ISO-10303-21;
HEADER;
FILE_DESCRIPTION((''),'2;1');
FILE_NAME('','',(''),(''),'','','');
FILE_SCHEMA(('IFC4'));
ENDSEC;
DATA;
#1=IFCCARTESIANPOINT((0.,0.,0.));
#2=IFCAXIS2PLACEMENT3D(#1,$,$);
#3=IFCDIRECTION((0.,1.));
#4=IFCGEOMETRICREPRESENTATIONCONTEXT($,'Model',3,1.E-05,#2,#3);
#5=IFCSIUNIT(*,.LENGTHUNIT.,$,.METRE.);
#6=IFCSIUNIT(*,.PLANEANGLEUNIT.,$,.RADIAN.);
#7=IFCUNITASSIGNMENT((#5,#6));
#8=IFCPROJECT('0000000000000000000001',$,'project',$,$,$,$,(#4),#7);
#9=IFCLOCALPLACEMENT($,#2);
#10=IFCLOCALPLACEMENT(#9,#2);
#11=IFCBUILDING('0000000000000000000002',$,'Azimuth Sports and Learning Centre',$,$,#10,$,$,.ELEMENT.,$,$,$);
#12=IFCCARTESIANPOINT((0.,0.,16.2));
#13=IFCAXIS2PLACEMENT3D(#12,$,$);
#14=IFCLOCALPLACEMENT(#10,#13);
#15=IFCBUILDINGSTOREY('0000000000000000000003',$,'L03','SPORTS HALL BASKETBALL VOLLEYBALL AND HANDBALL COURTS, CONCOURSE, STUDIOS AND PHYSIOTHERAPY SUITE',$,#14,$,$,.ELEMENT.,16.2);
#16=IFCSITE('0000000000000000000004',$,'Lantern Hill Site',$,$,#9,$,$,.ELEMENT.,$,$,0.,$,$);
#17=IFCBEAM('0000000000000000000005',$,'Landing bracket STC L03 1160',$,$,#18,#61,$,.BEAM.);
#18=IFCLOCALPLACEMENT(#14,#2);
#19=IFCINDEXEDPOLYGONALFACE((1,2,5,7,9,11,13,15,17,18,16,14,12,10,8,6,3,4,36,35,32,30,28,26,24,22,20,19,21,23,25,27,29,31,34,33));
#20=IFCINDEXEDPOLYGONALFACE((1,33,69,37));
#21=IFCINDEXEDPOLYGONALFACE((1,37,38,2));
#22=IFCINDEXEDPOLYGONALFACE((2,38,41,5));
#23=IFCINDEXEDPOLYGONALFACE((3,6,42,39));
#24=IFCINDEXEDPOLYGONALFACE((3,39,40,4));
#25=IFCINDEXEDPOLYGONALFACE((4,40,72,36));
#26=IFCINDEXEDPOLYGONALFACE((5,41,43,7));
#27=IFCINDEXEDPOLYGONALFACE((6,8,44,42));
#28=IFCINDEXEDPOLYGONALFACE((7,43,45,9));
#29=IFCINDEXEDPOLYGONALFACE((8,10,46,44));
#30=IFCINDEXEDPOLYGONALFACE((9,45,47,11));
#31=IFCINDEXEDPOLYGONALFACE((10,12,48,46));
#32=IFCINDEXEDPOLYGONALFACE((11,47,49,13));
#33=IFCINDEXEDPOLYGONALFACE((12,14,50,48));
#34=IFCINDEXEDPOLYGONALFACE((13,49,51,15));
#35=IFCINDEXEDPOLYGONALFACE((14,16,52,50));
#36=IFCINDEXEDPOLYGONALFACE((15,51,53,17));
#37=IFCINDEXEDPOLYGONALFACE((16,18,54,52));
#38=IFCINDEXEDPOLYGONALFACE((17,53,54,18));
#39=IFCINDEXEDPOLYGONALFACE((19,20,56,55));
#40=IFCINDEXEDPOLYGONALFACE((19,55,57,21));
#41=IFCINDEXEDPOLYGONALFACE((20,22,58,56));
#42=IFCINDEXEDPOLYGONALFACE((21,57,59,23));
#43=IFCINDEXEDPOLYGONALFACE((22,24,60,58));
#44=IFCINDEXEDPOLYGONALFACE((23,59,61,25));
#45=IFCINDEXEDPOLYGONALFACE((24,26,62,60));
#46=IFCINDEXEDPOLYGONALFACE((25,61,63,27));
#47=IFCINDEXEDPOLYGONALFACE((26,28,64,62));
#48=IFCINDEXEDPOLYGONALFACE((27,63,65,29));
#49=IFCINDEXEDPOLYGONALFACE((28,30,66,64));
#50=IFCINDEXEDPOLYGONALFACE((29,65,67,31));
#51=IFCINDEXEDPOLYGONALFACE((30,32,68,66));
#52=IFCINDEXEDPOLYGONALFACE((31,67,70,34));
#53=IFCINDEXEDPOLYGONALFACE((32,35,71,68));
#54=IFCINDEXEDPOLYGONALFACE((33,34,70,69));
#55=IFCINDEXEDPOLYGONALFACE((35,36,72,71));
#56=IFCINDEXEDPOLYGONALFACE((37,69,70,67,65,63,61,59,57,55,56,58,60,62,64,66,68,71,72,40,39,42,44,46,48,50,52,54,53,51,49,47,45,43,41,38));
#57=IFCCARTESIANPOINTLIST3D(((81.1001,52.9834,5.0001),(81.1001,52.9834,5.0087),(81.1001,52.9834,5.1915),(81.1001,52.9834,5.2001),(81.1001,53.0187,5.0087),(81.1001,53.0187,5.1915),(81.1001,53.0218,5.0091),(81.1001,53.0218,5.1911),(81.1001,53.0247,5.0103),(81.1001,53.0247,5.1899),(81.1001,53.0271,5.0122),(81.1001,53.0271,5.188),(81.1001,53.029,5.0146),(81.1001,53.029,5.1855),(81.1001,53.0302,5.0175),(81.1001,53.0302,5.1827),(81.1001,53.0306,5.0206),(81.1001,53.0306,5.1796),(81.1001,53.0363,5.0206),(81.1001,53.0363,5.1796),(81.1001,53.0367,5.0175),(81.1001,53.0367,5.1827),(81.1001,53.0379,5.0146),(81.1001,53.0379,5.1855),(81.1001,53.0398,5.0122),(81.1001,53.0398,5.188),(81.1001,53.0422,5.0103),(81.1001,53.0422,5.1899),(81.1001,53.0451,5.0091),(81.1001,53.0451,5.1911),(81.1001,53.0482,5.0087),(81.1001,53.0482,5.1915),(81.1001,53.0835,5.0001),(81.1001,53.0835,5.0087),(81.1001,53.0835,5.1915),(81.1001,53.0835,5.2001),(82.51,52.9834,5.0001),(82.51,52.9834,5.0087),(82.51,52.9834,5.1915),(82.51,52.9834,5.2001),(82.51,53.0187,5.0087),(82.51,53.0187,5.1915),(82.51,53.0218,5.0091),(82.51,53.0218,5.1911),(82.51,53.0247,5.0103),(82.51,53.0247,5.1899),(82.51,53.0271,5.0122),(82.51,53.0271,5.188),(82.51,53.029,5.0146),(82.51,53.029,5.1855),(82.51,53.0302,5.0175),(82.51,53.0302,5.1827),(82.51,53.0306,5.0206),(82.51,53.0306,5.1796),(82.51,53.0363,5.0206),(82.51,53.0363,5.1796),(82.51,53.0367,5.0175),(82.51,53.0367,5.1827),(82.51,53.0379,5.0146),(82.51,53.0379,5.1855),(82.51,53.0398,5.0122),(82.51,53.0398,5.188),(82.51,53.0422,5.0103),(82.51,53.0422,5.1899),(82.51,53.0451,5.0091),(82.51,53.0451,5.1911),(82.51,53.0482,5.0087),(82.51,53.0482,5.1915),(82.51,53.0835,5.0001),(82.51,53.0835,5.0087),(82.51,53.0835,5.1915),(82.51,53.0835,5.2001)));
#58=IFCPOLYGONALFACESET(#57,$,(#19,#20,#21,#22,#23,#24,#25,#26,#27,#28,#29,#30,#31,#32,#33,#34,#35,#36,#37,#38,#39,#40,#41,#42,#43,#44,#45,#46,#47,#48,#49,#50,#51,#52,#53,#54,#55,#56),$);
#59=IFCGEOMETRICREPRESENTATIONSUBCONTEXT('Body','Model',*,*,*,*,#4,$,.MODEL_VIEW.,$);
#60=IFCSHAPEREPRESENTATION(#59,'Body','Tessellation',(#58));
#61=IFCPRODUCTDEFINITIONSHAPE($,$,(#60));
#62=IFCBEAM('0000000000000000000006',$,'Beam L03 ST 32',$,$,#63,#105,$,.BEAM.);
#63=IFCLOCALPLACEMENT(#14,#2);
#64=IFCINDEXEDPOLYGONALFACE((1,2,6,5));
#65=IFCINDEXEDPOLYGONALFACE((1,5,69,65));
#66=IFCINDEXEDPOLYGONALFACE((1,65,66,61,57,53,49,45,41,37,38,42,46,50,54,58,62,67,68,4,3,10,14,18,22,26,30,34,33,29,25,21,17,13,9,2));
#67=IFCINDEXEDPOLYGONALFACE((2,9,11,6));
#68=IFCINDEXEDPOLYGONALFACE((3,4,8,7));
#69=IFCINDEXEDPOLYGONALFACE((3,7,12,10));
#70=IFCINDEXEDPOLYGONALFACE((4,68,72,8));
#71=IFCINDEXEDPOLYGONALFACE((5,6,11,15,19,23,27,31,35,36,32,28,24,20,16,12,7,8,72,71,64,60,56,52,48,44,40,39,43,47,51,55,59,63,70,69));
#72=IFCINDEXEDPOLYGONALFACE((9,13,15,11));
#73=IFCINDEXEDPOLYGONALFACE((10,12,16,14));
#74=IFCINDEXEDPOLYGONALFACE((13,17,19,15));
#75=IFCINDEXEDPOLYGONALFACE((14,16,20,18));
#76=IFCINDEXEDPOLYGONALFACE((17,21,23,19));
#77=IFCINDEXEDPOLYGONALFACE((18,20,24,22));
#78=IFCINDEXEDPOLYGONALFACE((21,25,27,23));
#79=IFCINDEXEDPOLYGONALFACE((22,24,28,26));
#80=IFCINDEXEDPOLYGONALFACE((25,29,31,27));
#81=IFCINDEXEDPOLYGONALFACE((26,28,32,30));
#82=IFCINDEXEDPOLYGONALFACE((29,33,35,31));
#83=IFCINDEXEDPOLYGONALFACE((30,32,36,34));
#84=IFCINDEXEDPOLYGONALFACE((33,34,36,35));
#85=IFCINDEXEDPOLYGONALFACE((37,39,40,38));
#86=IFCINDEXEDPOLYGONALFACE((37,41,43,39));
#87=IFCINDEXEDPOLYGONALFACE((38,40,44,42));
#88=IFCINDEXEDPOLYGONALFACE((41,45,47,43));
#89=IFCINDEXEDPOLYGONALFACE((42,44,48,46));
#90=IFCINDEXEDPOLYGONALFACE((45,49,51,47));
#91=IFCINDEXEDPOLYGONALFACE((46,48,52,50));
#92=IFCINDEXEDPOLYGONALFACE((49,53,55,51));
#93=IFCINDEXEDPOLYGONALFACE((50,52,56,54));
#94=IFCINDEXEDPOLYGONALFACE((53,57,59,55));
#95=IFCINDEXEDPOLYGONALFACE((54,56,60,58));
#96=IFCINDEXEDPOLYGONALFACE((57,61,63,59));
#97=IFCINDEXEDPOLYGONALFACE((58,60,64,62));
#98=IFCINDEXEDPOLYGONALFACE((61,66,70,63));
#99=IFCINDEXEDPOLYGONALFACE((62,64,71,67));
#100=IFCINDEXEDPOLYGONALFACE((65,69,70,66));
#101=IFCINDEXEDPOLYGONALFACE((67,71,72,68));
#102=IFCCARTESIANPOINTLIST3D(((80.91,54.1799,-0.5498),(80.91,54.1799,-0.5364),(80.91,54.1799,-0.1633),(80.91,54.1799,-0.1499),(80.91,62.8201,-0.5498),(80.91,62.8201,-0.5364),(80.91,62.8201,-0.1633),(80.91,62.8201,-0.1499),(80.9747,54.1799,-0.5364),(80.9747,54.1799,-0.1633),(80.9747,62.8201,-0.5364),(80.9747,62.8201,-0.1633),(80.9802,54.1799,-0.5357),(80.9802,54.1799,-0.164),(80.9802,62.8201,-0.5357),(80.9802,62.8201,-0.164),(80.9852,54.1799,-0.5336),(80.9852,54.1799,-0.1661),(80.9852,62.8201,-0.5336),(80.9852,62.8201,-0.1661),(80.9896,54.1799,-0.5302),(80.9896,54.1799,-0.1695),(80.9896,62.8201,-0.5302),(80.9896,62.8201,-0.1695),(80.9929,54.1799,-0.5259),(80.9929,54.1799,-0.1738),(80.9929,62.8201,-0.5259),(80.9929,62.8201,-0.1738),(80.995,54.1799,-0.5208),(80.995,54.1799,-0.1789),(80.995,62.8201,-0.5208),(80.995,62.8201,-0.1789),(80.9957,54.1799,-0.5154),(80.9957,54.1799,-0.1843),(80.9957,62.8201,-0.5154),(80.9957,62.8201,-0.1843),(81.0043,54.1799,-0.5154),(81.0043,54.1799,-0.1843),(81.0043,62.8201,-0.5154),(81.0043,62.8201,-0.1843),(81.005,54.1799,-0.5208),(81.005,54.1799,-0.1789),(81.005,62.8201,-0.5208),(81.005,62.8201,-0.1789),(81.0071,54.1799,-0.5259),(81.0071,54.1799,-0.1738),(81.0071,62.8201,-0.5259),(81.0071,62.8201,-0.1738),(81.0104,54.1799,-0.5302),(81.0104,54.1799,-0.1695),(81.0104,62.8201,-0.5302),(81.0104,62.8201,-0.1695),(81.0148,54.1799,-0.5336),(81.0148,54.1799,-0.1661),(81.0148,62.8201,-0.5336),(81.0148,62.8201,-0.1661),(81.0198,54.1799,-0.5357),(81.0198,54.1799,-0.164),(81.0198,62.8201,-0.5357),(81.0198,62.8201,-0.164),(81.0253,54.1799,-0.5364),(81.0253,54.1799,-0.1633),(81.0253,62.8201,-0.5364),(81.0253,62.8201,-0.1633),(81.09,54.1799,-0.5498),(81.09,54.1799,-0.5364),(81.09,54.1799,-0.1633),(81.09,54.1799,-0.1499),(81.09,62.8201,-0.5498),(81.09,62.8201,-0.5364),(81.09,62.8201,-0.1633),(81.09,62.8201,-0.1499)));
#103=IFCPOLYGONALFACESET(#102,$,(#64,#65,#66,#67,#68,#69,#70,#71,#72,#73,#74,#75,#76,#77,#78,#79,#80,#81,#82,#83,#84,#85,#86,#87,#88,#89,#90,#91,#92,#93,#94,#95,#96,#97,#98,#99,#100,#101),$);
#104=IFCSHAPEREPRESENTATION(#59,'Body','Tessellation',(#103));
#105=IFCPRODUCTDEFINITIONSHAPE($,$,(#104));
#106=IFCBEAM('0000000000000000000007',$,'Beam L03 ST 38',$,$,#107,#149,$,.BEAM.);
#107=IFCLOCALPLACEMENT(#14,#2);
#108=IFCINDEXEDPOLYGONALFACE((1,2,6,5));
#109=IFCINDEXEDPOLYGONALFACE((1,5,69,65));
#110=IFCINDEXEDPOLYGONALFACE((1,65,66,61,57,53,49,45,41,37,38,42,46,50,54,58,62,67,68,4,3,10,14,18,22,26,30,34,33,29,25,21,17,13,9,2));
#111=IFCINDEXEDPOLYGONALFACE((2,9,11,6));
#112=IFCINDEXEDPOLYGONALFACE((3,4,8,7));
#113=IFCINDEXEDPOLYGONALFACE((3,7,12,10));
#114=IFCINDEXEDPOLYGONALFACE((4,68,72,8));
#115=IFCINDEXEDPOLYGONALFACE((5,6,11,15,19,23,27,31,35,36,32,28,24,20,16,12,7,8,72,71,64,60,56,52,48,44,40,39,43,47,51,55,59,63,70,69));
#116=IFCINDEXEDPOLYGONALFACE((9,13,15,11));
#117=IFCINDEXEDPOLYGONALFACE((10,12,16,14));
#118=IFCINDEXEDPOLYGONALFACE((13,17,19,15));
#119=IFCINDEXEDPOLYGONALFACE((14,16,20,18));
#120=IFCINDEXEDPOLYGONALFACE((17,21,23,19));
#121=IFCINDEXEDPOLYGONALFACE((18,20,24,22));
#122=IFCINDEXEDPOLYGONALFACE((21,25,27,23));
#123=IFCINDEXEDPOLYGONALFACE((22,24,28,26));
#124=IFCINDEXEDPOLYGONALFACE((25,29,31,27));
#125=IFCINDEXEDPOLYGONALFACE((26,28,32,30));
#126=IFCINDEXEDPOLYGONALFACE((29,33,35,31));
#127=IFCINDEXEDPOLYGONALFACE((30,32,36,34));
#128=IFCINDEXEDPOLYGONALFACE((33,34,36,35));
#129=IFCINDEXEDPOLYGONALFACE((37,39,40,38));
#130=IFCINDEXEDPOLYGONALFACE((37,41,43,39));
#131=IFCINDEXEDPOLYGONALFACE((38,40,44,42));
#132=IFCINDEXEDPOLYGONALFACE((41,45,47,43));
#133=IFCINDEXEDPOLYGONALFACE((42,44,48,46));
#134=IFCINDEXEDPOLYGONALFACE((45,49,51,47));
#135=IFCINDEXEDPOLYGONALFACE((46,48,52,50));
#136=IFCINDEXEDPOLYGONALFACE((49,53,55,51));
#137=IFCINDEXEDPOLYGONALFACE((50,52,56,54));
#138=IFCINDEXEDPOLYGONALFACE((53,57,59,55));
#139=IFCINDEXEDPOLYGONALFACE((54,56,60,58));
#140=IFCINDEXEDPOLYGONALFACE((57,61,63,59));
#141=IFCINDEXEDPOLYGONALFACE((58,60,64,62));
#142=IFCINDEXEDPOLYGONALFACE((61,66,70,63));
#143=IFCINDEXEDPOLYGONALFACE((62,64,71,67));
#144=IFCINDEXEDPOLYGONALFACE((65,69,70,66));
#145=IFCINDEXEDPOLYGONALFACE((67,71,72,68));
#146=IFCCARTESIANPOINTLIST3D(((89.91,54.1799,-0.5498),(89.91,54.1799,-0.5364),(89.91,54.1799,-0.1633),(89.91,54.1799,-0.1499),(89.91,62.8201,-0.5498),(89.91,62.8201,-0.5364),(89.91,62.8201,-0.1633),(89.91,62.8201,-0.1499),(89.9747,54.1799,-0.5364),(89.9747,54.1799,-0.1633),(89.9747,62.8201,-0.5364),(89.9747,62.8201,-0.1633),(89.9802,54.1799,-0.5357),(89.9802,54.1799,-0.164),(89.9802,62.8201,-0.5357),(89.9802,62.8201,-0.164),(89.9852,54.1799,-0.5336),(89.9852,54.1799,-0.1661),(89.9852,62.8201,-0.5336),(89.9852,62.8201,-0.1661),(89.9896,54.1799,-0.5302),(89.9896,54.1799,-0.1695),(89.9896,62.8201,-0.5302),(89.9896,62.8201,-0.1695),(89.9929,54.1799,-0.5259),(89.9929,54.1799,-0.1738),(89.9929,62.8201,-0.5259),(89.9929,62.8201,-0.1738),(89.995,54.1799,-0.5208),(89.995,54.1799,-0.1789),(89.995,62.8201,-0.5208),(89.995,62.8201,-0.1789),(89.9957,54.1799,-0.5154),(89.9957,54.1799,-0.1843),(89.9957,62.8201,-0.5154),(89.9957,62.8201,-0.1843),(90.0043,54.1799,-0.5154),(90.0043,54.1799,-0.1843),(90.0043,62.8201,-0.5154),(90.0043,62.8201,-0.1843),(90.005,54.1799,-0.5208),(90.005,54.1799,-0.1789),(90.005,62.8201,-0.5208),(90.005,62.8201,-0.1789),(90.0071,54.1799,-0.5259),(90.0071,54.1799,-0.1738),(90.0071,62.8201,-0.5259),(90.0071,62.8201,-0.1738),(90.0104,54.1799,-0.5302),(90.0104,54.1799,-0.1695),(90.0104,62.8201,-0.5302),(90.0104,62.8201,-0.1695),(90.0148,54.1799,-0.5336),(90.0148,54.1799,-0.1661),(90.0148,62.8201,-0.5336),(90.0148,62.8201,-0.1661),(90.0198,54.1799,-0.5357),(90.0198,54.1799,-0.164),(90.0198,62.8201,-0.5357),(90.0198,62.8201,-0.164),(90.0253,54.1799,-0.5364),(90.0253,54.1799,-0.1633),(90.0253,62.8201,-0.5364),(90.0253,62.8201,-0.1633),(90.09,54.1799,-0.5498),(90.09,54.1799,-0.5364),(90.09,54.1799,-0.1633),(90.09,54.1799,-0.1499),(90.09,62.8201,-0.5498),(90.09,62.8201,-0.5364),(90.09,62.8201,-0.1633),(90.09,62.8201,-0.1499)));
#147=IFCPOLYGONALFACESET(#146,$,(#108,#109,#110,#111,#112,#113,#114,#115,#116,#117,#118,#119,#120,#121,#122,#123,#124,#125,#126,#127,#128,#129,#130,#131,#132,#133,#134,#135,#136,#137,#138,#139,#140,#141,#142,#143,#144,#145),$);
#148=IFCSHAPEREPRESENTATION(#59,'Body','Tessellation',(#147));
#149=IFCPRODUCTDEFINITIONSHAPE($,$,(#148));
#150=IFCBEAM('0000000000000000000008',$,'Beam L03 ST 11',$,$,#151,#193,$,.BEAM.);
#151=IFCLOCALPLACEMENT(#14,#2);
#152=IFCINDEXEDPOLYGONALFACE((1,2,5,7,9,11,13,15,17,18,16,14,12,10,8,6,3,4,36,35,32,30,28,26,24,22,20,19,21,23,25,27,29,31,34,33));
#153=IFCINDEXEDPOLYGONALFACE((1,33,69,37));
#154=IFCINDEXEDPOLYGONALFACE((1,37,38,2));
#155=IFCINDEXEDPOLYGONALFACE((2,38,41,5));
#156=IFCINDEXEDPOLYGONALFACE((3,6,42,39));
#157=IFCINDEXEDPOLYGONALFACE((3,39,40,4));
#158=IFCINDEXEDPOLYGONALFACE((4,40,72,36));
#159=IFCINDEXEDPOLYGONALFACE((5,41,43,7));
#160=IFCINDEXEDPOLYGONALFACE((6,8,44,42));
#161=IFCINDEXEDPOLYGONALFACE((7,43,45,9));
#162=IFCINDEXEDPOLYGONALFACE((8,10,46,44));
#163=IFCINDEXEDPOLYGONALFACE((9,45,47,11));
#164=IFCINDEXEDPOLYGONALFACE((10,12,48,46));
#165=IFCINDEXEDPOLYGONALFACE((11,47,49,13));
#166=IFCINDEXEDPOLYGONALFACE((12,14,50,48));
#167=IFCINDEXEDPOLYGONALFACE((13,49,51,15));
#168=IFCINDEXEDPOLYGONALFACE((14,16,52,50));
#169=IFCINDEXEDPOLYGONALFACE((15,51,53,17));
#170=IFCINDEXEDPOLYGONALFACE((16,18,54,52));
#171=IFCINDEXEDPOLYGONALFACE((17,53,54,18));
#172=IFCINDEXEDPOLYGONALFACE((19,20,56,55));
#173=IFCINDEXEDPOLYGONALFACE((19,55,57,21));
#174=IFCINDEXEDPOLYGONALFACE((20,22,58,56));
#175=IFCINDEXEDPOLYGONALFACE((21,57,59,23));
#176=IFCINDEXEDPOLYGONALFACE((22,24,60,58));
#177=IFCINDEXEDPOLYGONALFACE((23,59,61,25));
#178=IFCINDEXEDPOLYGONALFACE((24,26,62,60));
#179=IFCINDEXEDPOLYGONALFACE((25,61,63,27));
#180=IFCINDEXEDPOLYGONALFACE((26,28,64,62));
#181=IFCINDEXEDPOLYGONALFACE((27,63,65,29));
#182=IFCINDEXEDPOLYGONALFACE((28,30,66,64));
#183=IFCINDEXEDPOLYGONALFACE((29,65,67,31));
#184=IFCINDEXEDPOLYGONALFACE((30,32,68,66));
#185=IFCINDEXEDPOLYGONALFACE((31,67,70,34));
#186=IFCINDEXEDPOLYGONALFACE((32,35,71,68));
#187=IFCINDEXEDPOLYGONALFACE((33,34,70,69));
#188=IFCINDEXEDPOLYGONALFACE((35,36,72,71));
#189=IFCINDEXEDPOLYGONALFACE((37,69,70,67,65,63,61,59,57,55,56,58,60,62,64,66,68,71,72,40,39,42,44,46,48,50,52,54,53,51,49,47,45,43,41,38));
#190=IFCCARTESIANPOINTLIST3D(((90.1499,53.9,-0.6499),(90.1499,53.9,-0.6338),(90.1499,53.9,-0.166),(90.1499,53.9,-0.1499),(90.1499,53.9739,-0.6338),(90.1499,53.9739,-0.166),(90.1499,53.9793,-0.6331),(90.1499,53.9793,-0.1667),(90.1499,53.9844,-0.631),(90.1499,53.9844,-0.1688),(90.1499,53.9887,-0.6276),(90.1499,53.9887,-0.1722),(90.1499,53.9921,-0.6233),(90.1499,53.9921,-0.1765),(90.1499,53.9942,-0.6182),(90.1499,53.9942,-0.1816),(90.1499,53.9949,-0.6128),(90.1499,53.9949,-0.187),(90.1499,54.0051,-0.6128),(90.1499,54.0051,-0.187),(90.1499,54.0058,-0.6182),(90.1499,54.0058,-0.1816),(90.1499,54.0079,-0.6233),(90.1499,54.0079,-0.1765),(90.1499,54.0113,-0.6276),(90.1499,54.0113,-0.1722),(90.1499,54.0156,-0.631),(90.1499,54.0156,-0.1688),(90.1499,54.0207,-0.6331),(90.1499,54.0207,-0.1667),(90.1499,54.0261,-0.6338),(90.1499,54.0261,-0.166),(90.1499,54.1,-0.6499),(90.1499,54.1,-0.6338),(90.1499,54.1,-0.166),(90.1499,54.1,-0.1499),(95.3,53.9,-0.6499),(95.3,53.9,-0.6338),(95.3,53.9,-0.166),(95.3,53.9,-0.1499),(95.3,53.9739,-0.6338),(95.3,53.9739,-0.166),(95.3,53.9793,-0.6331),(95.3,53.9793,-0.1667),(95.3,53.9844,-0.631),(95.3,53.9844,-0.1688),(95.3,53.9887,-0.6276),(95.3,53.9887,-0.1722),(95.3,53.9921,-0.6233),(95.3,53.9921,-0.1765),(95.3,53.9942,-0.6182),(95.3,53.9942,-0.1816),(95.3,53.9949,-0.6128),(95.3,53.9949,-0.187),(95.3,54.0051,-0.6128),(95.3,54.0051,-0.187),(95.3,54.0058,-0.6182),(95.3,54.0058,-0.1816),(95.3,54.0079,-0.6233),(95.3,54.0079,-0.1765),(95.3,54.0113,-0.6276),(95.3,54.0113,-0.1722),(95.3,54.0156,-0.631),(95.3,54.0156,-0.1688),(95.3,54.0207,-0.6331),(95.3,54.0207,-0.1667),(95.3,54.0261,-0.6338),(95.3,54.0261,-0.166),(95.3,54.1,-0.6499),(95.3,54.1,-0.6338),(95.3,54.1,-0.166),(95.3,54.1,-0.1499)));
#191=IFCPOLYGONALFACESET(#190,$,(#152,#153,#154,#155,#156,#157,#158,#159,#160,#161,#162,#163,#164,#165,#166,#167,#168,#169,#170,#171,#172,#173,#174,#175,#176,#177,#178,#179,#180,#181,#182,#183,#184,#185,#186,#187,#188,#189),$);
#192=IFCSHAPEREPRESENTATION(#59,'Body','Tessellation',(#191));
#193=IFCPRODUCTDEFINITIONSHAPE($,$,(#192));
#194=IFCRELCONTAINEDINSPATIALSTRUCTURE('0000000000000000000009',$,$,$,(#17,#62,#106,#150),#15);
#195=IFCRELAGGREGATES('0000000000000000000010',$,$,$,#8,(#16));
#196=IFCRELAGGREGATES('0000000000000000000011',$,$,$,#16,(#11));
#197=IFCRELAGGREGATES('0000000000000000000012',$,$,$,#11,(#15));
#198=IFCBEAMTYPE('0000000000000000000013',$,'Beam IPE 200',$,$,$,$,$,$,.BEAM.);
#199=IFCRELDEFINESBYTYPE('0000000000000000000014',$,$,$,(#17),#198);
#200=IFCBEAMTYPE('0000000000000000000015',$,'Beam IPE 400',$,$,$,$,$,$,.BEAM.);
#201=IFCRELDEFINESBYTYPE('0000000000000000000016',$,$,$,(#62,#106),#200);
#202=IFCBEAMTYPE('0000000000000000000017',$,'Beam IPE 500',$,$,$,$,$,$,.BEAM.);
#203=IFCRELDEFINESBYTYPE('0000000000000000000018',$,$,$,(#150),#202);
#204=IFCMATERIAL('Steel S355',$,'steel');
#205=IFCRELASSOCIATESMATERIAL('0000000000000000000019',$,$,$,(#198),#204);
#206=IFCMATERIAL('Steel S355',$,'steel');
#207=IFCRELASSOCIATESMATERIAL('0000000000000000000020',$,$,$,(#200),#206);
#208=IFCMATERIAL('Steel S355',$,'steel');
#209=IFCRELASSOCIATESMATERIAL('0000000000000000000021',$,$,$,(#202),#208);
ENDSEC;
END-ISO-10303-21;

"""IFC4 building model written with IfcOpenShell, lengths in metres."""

from ifc_helpers import new_model, si_unit, direction, frame, origin, origin_2d, place, context, subcontext, project, spatial, i_section, extrude, material, material_profile, profile_set, type_object, element, save


model = new_model("IFC4")

# Units and contexts
model_context = context("Model", 3, precision=1e-05, world=origin(), true_north=direction((0.0, 1.0)))
body_context = subcontext(model_context, "Body", "Model", "MODEL_VIEW")
ifc_project = project(units=[si_unit("LENGTHUNIT", "METRE"), si_unit("PLANEANGLEUNIT", "RADIAN")], contexts=[model_context])

# Site, building, storey
site_placement = place(None, origin())
site = spatial("IfcSite", under=ifc_project, at=site_placement, Name="Lantern Hill Site", CompositionType="ELEMENT", RefElevation=0.0)
building_placement = place(site_placement, origin())
building = spatial("IfcBuilding", under=site, at=building_placement, Name="Azimuth Sports and Learning Centre", CompositionType="ELEMENT")
storey_placement = place(building_placement, frame((0.0, 0.0, 16.2)))
storey = spatial("IfcBuildingStorey", under=building, at=storey_placement, Name="L03", Description="SPORTS HALL BASKETBALL VOLLEYBALL AND HANDBALL COURTS, CONCOURSE, STUDIOS AND PHYSIOTHERAPY SUITE", CompositionType="ELEMENT", Elevation=16.2)

# Beams
ifc_material_1 = material(Name="Steel S355", Category="steel")
ifc_material_profile_1 = material_profile(ifc_material_1, i_section(OverallWidth=0.1001, OverallDepth=0.2, WebThickness=0.0056, FlangeThickness=0.0085, FilletRadius=0.012, at=origin_2d()), Name="IPE 200")
ifc_profile_set_1 = profile_set([ifc_material_profile_1], Name="Steel S355")
beam_type_1 = type_object("IfcBeamType", Name="Beam IPE 200", PredefinedType="BEAM", material=ifc_profile_set_1)
for number, where, z_axis, x_axis, name in (
    (1, (81.1001, 53.0334, 5.1001), (1.0, 0.0, 0.0), (0.0, 1.0, 0.0), "Landing bracket STC L03 1160"),
):
    element("IfcBeam", number, at=place(storey_placement, frame(where, z_axis=z_axis, x_axis=x_axis)), inside=storey, type_object=beam_type_1, Name=name, PredefinedType="BEAM", context=body_context, shape_type="SweptSolid", body=[
        extrude(i_section(OverallWidth=0.1001, OverallDepth=0.2, WebThickness=0.0056, FlangeThickness=0.0085, FilletRadius=0.012, at=origin_2d()), origin(), (0.0, 0.0, 1.0), 1.4099),
    ])
ifc_material_2 = material(Name="Steel S355", Category="steel")
ifc_material_profile_2 = material_profile(ifc_material_2, i_section(OverallWidth=0.1799, OverallDepth=0.3999, WebThickness=0.0085, FlangeThickness=0.0134, FilletRadius=0.021, at=origin_2d()), Name="IPE 400")
ifc_profile_set_2 = profile_set([ifc_material_profile_2], Name="Steel S355")
beam_type_2 = type_object("IfcBeamType", Name="Beam IPE 400", PredefinedType="BEAM", material=ifc_profile_set_2)
for number, where, z_axis, x_axis, name in (
    (2, (81.0, 54.1799, -0.3499), (0.0, 1.0, 0.0), (-1.0, 0.0, 0.0), "Beam L03 ST 32"),
    (3, (90.0, 54.1799, -0.3499), (0.0, 1.0, 0.0), (-1.0, 0.0, 0.0), "Beam L03 ST 38"),
):
    element("IfcBeam", number, at=place(storey_placement, frame(where, z_axis=z_axis, x_axis=x_axis)), inside=storey, type_object=beam_type_2, Name=name, PredefinedType="BEAM", context=body_context, shape_type="SweptSolid", body=[
        extrude(i_section(OverallWidth=0.1799, OverallDepth=0.3999, WebThickness=0.0085, FlangeThickness=0.0134, FilletRadius=0.021, at=origin_2d()), origin(), (0.0, 0.0, 1.0), 8.6401),
    ])
ifc_material_3 = material(Name="Steel S355", Category="steel")
ifc_material_profile_3 = material_profile(ifc_material_3, i_section(OverallWidth=0.2, OverallDepth=0.5, WebThickness=0.0103, FlangeThickness=0.0161, FilletRadius=0.021, at=origin_2d()), Name="IPE 500")
ifc_profile_set_3 = profile_set([ifc_material_profile_3], Name="Steel S355")
beam_type_3 = type_object("IfcBeamType", Name="Beam IPE 500", PredefinedType="BEAM", material=ifc_profile_set_3)
for number, where, z_axis, x_axis, name in (
    (4, (90.1499, 54.0, -0.3999), (1.0, 0.0, 0.0), (0.0, 1.0, 0.0), "Beam L03 ST 11"),
):
    element("IfcBeam", number, at=place(storey_placement, frame(where, z_axis=z_axis, x_axis=x_axis)), inside=storey, type_object=beam_type_3, Name=name, PredefinedType="BEAM", context=body_context, shape_type="SweptSolid", body=[
        extrude(i_section(OverallWidth=0.2, OverallDepth=0.5, WebThickness=0.0103, FlangeThickness=0.0161, FilletRadius=0.021, at=origin_2d()), origin(), (0.0, 0.0, 1.0), 5.1501),
    ])

save(model, "model.ifc")
